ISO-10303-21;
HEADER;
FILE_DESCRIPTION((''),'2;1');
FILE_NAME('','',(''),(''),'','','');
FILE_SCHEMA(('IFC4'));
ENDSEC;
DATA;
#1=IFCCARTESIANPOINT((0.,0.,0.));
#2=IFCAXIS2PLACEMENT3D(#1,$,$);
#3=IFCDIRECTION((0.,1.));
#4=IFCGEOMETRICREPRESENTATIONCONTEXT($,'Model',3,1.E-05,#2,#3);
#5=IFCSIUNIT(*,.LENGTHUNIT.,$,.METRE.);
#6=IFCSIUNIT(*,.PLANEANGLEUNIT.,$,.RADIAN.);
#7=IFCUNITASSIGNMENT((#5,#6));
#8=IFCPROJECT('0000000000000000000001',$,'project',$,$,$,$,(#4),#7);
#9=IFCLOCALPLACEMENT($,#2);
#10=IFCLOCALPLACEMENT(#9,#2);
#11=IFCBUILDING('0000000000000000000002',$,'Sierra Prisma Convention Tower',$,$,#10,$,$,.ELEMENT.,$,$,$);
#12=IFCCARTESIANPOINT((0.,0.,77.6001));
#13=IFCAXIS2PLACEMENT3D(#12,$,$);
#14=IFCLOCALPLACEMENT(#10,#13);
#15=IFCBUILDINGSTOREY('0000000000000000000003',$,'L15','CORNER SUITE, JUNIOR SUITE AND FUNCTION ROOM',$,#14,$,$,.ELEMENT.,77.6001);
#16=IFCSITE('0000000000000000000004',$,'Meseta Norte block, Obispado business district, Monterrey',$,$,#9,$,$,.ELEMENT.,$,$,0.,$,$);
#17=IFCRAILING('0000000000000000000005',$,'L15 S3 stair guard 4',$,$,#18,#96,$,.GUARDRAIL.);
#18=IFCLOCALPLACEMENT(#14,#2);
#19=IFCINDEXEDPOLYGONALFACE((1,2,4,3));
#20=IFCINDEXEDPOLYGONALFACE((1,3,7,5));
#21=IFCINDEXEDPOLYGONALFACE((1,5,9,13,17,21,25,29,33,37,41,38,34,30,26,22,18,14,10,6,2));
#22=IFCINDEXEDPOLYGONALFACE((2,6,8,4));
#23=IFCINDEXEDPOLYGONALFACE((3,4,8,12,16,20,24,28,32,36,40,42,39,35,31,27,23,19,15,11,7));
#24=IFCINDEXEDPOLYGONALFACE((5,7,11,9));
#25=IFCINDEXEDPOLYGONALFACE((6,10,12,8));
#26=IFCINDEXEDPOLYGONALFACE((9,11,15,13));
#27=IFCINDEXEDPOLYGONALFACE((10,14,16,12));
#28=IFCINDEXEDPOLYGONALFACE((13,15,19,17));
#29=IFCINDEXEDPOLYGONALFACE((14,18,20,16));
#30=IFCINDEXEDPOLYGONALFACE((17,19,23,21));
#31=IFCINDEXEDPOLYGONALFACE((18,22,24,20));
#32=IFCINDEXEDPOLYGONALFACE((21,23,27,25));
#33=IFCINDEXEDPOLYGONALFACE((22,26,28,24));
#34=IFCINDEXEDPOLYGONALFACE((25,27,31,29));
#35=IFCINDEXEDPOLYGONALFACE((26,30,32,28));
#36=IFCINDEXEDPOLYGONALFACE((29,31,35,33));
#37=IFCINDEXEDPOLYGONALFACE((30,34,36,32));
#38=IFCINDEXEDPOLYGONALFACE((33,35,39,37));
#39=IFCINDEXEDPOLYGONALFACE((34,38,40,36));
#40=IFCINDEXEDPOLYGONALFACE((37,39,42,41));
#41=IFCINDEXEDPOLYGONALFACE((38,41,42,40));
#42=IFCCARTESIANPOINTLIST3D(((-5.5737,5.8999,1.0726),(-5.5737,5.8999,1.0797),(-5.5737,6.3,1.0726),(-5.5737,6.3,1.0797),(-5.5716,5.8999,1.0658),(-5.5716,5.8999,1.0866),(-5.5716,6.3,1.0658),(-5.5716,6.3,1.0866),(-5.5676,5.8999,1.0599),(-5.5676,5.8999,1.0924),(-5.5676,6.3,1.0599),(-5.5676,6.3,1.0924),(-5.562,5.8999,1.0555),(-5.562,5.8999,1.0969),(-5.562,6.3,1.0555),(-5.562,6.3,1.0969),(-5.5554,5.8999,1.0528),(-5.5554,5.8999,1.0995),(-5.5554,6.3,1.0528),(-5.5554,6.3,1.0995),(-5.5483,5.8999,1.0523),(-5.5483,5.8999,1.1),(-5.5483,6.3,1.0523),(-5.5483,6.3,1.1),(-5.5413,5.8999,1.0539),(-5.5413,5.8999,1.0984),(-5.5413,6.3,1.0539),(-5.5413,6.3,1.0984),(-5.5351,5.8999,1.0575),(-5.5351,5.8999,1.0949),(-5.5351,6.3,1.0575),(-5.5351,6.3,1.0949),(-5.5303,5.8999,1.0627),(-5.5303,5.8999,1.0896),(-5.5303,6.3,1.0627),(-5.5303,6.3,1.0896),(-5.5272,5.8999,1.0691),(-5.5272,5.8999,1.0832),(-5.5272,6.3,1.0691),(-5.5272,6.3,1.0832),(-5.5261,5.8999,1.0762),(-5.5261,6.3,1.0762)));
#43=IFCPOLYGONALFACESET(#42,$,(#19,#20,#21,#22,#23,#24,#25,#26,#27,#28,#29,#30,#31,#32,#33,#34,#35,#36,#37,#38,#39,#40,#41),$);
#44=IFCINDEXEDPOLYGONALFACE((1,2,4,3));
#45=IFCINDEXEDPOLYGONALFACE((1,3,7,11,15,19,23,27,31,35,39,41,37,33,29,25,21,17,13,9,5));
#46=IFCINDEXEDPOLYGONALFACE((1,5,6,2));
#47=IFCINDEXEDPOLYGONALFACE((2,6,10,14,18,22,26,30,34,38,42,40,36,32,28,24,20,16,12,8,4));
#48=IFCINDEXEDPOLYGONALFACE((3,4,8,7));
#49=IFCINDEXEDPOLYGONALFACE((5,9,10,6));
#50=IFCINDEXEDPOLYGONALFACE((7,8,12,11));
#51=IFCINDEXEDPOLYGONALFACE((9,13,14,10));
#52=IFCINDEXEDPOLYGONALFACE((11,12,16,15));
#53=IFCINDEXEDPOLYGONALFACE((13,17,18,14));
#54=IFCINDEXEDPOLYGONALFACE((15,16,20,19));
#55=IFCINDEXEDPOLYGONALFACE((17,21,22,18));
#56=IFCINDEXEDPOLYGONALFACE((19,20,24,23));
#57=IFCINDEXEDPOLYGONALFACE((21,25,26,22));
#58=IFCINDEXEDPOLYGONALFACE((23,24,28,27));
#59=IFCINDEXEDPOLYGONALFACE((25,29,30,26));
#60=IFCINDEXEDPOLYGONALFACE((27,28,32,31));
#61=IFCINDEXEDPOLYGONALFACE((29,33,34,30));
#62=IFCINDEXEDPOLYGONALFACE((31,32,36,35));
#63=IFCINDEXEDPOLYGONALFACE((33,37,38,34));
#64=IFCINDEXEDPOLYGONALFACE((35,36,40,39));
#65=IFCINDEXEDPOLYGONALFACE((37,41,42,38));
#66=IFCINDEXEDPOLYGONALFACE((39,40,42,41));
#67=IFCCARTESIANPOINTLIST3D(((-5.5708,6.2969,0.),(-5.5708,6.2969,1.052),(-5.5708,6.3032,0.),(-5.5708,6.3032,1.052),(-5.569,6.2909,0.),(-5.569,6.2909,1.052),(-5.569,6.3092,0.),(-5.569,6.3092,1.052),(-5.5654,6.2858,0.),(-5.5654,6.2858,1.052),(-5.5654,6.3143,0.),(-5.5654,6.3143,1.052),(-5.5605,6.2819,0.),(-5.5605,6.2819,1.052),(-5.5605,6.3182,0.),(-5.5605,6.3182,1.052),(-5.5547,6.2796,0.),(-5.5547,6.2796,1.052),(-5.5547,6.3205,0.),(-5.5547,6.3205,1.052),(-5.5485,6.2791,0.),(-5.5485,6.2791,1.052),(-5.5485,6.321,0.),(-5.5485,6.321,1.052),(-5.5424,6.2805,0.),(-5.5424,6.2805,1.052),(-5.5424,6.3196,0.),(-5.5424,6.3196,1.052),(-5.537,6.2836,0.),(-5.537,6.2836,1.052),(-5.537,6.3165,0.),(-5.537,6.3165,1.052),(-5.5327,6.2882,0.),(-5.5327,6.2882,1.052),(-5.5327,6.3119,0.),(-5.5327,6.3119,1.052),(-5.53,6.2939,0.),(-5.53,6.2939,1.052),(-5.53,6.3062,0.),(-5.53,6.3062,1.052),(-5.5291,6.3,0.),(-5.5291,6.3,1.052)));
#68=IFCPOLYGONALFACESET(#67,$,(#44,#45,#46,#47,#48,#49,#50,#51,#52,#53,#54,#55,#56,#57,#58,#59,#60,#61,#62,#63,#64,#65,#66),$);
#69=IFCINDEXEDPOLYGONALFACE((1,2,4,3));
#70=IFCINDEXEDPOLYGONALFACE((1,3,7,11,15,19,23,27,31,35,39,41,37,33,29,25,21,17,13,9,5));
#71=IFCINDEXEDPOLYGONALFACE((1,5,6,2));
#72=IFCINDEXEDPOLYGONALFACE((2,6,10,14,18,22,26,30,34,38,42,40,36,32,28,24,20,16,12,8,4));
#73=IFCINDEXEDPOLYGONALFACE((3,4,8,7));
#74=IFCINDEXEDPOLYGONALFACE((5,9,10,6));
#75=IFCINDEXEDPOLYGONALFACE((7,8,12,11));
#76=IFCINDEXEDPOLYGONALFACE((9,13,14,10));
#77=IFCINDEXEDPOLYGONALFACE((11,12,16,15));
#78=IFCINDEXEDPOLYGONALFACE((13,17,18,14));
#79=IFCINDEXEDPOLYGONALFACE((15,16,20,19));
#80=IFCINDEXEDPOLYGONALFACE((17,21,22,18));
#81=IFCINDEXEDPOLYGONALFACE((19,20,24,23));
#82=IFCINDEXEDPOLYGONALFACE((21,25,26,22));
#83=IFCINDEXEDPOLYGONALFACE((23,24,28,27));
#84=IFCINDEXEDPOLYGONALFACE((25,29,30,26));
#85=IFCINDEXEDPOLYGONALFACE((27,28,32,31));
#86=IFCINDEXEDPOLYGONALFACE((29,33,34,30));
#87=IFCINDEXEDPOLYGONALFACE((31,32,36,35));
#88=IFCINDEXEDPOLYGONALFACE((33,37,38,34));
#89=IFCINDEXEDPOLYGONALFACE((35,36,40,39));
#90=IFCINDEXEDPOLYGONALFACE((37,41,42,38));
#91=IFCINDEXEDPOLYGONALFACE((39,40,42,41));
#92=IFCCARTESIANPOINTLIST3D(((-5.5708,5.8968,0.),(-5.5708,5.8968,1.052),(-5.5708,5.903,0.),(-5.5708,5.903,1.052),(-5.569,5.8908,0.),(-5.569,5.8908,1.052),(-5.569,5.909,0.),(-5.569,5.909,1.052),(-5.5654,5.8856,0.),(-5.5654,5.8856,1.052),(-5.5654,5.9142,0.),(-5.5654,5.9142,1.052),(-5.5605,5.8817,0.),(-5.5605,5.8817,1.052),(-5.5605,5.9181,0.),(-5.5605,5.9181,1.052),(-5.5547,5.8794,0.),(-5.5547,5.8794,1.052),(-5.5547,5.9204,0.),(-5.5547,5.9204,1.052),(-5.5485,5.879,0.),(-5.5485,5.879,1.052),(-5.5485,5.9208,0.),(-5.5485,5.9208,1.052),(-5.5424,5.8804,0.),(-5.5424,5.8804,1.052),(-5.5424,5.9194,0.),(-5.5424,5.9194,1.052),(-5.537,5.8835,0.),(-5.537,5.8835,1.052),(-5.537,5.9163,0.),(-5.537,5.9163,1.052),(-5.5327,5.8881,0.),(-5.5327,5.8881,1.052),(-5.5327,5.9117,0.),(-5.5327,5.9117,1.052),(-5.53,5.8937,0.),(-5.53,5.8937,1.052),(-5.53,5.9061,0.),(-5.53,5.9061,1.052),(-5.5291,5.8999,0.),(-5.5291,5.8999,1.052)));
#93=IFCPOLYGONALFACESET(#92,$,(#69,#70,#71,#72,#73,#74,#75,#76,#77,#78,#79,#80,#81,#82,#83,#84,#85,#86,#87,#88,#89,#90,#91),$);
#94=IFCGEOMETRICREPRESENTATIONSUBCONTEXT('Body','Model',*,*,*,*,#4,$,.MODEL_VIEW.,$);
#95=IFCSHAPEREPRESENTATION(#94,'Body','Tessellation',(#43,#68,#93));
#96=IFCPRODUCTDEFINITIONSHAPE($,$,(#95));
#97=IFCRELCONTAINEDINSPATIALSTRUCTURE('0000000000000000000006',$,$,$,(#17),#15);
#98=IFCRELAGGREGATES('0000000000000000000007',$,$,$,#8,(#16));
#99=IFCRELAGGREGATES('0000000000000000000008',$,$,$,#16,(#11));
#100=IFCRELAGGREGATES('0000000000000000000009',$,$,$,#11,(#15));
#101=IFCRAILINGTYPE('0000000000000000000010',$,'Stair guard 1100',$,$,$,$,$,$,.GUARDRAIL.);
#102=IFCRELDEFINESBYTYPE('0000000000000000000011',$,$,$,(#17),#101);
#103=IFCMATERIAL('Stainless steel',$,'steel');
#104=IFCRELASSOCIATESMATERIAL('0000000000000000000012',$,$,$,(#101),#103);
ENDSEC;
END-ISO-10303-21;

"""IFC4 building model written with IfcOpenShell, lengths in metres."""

from ifc_helpers import new_model, si_unit, direction, frame, origin, origin_2d, place, context, subcontext, project, spatial, circle, extrude, material, type_object, element, save


model = new_model("IFC4")

# Units and contexts
model_context = context("Model", 3, precision=1e-05, world=origin(), true_north=direction((0.0, 1.0)))
body_context = subcontext(model_context, "Body", "Model", "MODEL_VIEW")
ifc_project = project(units=[si_unit("LENGTHUNIT", "METRE"), si_unit("PLANEANGLEUNIT", "RADIAN")], contexts=[model_context])

# Site, building, storey
site_placement = place(None, origin())
site = spatial("IfcSite", under=ifc_project, at=site_placement, Name="Meseta Norte block, Obispado business district, Monterrey", CompositionType="ELEMENT", RefElevation=0.0)
building_placement = place(site_placement, origin())
building = spatial("IfcBuilding", under=site, at=building_placement, Name="Sierra Prisma Convention Tower", CompositionType="ELEMENT")
storey_placement = place(building_placement, frame((0.0, 0.0, 77.6001)))
storey = spatial("IfcBuildingStorey", under=building, at=storey_placement, Name="L15", Description="CORNER SUITE, JUNIOR SUITE AND FUNCTION ROOM", CompositionType="ELEMENT", Elevation=77.6001)

# Railing
ifc_material_1 = material(Name="Stainless steel", Category="steel")
railing_type_1 = type_object("IfcRailingType", Name="Stair guard 1100", PredefinedType="GUARDRAIL", material=ifc_material_1)
railing_1_placement = place(storey_placement, frame((-5.55, 6.3, 0.0)))
element("IfcRailing", 1, at=railing_1_placement, inside=storey, type_object=railing_type_1, Name="L15 S3 stair guard 4", PredefinedType="GUARDRAIL", context=body_context, shape_type="SweptSolid", body=[
    extrude(circle(Radius=0.0239, at=origin_2d()), frame((0.0, 0.0, 1.0762), z_axis=(0.0, -1.0, 0.0), x_axis=(1.0, 0.0, 0.0)), (0.0, 0.0, 1.0), 0.4001),
    extrude(circle(Radius=0.021, at=origin_2d()), origin(), (0.0, 0.0, 1.0), 1.052),
    extrude(circle(Radius=0.021, at=origin_2d()), frame((0.0, -0.4001, 0.0)), (0.0, 0.0, 1.0), 1.052),
])

save(model, "model.ifc")
